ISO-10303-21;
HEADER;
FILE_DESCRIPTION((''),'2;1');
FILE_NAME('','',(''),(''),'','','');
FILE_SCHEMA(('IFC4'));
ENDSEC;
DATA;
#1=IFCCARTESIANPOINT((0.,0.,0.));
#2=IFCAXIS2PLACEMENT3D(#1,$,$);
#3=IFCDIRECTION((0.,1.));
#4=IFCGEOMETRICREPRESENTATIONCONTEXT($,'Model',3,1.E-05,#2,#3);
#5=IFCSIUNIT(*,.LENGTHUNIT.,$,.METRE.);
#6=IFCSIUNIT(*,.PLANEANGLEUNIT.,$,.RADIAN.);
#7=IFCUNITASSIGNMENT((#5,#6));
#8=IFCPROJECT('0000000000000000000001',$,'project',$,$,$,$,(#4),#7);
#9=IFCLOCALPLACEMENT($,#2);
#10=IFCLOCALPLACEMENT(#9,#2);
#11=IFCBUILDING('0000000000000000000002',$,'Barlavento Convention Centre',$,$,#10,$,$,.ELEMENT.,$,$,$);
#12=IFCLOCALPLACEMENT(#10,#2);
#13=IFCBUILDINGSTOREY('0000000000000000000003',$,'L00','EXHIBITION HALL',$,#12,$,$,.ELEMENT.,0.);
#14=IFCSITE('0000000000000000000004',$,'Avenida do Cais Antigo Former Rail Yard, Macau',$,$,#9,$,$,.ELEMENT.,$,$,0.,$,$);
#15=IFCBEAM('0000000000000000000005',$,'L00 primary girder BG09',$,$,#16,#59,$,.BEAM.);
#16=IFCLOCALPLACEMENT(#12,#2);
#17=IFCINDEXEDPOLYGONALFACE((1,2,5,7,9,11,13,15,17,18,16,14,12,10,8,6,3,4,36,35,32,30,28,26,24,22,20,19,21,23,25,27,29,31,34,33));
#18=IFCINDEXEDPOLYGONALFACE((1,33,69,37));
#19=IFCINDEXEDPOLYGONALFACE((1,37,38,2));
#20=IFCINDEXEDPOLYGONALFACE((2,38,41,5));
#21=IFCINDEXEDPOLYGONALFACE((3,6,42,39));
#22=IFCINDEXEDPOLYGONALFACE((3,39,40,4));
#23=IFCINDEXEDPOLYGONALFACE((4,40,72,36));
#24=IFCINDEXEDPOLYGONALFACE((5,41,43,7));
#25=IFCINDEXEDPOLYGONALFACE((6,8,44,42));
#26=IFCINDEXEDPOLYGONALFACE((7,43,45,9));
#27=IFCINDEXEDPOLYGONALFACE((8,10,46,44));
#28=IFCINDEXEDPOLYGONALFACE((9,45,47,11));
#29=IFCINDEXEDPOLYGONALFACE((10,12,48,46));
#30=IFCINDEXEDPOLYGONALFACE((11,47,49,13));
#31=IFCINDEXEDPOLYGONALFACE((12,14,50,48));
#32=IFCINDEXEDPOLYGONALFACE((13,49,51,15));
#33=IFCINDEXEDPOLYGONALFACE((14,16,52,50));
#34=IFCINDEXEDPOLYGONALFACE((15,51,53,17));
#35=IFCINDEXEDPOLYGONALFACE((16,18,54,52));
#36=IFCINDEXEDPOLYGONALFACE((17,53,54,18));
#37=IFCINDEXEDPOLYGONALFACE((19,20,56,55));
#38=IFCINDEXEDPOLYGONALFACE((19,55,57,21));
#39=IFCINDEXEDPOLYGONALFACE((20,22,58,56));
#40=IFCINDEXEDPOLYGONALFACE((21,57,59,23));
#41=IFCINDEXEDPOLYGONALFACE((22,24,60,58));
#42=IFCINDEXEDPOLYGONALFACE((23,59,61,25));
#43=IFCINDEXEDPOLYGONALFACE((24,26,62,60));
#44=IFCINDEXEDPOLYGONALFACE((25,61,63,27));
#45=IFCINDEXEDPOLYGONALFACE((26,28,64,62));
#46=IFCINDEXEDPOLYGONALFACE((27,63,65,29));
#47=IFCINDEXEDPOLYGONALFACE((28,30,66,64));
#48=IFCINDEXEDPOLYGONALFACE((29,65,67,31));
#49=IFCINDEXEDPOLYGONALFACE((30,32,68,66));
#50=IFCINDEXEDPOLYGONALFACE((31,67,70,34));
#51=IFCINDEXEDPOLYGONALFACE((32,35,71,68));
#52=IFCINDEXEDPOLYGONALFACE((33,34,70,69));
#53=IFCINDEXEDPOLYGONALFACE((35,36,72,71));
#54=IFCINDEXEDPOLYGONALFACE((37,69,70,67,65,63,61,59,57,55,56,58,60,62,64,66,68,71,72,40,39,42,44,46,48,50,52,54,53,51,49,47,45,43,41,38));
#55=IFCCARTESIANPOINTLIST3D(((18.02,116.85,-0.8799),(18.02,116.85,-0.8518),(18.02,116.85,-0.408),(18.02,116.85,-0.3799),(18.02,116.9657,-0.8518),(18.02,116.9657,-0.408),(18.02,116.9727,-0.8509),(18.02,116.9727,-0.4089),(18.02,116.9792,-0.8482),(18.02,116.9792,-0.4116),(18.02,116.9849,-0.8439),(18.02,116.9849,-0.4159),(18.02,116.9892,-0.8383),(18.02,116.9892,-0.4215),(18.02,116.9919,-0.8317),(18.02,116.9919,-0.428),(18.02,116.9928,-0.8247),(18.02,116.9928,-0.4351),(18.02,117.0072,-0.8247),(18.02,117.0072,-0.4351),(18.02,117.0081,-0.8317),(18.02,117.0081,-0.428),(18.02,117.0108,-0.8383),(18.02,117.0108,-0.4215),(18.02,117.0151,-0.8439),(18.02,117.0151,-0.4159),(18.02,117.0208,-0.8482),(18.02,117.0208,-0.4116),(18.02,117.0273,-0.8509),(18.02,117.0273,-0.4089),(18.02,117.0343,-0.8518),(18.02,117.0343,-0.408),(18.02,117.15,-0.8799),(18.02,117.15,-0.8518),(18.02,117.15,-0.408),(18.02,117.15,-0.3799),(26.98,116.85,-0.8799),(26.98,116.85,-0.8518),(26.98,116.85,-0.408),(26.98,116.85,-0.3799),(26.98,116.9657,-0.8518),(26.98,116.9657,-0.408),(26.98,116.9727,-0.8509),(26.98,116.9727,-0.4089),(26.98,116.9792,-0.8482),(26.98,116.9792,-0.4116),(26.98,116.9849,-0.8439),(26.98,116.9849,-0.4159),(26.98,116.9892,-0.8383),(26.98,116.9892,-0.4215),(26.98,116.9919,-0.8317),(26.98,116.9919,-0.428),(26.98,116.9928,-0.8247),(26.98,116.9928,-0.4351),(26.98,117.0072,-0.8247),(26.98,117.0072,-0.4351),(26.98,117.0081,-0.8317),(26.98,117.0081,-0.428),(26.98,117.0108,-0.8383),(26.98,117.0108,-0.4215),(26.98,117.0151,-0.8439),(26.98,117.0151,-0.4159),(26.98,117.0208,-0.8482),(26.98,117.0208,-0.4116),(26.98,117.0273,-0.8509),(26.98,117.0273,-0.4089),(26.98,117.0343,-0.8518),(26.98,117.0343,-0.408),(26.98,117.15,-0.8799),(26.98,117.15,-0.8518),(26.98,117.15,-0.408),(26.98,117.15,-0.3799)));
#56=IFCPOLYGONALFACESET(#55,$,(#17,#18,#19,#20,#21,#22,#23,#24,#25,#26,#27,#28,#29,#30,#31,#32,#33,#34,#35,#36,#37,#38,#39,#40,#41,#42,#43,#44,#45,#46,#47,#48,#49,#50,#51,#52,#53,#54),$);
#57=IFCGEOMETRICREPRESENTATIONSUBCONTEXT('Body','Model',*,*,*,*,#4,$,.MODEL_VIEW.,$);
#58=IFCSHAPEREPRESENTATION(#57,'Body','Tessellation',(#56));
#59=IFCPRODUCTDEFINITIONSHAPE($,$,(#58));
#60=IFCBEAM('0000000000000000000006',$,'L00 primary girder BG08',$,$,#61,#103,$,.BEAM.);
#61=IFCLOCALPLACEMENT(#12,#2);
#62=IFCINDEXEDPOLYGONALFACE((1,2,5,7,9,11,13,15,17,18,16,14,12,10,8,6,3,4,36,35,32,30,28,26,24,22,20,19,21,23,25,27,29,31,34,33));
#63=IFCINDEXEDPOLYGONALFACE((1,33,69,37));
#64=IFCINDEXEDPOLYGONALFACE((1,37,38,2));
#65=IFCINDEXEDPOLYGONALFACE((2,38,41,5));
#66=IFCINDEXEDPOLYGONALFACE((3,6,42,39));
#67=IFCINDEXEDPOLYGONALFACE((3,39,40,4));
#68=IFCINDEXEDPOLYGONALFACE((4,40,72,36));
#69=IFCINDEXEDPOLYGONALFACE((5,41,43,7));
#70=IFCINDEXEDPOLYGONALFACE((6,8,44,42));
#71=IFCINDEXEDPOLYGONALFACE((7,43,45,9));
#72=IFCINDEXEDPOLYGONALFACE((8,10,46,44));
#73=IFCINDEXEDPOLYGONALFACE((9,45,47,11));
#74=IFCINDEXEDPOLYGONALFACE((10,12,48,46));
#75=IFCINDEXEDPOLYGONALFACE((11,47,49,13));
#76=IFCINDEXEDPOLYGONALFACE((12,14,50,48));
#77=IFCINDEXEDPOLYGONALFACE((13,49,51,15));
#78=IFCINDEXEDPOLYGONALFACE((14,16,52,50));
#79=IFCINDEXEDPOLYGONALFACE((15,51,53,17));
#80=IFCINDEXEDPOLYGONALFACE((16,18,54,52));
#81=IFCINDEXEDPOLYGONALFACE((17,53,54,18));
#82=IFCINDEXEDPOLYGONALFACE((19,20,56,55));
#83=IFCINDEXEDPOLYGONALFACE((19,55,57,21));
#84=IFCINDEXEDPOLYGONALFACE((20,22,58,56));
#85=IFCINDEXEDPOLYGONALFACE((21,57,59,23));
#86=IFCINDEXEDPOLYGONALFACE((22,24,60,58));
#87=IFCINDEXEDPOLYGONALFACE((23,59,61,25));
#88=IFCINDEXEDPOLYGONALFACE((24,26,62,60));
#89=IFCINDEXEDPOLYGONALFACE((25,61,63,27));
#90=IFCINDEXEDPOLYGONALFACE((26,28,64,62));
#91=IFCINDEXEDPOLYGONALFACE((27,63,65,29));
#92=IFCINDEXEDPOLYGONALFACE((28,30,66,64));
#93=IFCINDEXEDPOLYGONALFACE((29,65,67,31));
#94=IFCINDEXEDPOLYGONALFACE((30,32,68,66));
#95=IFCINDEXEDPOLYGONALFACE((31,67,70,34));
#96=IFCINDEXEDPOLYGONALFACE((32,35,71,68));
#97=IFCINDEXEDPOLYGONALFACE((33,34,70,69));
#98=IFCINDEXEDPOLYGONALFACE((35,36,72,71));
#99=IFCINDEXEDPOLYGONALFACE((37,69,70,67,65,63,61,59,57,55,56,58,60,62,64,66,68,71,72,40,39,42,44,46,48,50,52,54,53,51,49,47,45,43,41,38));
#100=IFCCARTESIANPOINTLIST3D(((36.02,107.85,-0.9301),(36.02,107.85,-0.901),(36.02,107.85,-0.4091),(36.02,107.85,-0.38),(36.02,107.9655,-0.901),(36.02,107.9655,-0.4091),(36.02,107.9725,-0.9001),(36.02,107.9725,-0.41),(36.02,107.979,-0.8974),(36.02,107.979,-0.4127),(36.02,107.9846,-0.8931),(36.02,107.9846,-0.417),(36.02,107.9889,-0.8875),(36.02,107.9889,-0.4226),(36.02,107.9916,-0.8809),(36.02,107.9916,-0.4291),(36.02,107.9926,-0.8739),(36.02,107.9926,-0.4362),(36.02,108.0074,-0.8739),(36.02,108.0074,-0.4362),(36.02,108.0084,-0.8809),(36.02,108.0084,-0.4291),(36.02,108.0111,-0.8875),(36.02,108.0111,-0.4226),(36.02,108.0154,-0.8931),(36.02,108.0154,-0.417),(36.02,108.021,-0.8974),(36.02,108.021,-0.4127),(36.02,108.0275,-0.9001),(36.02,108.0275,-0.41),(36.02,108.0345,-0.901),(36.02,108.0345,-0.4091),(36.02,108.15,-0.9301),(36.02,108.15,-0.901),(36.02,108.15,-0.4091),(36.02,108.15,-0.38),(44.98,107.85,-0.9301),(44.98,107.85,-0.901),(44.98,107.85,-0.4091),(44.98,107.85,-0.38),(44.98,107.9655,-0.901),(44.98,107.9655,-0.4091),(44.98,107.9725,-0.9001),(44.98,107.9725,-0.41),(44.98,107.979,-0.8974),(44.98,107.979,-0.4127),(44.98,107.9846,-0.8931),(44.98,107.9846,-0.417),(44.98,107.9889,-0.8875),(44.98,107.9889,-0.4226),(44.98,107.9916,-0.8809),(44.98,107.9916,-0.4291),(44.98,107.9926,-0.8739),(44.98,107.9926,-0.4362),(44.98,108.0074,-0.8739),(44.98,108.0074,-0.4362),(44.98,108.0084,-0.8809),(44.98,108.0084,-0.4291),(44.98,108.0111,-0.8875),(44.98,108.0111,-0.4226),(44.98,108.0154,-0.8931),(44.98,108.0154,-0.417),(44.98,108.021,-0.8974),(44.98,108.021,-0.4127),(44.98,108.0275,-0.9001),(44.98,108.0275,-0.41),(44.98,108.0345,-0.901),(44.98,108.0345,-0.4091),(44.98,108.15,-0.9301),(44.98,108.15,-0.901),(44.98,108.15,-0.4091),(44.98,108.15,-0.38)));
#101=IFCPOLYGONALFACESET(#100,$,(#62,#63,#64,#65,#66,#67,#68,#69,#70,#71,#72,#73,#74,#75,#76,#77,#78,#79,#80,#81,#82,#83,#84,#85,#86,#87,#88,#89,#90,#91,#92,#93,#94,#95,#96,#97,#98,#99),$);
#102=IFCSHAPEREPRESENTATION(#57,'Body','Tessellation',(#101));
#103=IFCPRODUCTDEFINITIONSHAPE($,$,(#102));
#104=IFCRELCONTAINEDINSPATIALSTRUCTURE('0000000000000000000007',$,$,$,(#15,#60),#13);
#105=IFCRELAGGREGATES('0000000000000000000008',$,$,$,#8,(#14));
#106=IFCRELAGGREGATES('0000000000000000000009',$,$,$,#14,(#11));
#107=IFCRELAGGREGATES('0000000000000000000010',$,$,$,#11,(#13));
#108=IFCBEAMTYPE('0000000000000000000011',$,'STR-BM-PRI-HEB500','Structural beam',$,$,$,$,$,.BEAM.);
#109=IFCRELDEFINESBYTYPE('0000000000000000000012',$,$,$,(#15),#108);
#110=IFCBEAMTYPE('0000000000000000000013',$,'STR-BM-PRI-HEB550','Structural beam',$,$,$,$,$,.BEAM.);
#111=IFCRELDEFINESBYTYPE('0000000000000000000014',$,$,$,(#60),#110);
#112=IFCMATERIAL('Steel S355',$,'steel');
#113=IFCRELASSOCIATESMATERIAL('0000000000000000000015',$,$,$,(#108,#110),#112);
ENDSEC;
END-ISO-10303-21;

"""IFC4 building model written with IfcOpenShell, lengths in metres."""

from ifc_helpers import new_model, si_unit, direction, frame, origin, origin_2d, place, context, subcontext, project, spatial, i_section, extrude, material, material_profile, profile_set, type_object, element, save


model = new_model("IFC4")

# Units and contexts
model_context = context("Model", 3, precision=1e-05, world=origin(), true_north=direction((0.0, 1.0)))
body_context = subcontext(model_context, "Body", "Model", "MODEL_VIEW")
ifc_project = project(units=[si_unit("LENGTHUNIT", "METRE"), si_unit("PLANEANGLEUNIT", "RADIAN")], contexts=[model_context])

# Site, building, storey
site_placement = place(None, origin())
site = spatial("IfcSite", under=ifc_project, at=site_placement, Name="Avenida do Cais Antigo Former Rail Yard, Macau", CompositionType="ELEMENT", RefElevation=0.0)
building_placement = place(site_placement, origin())
building = spatial("IfcBuilding", under=site, at=building_placement, Name="Barlavento Convention Centre", CompositionType="ELEMENT")
storey_placement = place(building_placement, origin())
storey = spatial("IfcBuildingStorey", under=building, at=storey_placement, Name="L00", Description="EXHIBITION HALL", CompositionType="ELEMENT", Elevation=0.0)

# Beams
ifc_material_1 = material(Name="Steel S355", Category="steel")
ifc_material_profile_1 = material_profile(ifc_material_1, i_section(OverallWidth=0.3, OverallDepth=0.5, WebThickness=0.0144, FlangeThickness=0.0281, FilletRadius=0.0271, at=origin_2d()), Name="HEB 500")
ifc_profile_set_1 = profile_set([ifc_material_profile_1], Name="Steel S355")
beam_type_1 = type_object("IfcBeamType", Name="STR-BM-PRI-HEB500", Description="Structural beam", PredefinedType="BEAM", material=ifc_profile_set_1)
beam_1_placement = place(storey_placement, frame((18.02, 117.0, -0.6299), z_axis=(1.0, 0.0, 0.0), x_axis=(0.0, 1.0, 0.0)))
element("IfcBeam", 1, at=beam_1_placement, inside=storey, type_object=beam_type_1, Name="L00 primary girder BG09", PredefinedType="BEAM", context=body_context, shape_type="SweptSolid", body=[
    extrude(i_section(OverallWidth=0.3, OverallDepth=0.5, WebThickness=0.0144, FlangeThickness=0.0281, FilletRadius=0.0271, at=origin_2d()), origin(), (0.0, 0.0, 1.0), 8.96),
])
ifc_material_profile_2 = material_profile(ifc_material_1, i_section(OverallWidth=0.3, OverallDepth=0.55, WebThickness=0.0149, FlangeThickness=0.0291, FilletRadius=0.0271, at=origin_2d()), Name="HEB 550")
ifc_profile_set_2 = profile_set([ifc_material_profile_2], Name="Steel S355")
beam_type_2 = type_object("IfcBeamType", Name="STR-BM-PRI-HEB550", Description="Structural beam", PredefinedType="BEAM", material=ifc_profile_set_2)
beam_2_placement = place(storey_placement, frame((36.02, 108.0, -0.655), z_axis=(1.0, 0.0, 0.0), x_axis=(0.0, 1.0, 0.0)))
element("IfcBeam", 2, at=beam_2_placement, inside=storey, type_object=beam_type_2, Name="L00 primary girder BG08", PredefinedType="BEAM", context=body_context, shape_type="SweptSolid", body=[
    extrude(i_section(OverallWidth=0.3, OverallDepth=0.55, WebThickness=0.0149, FlangeThickness=0.0291, FilletRadius=0.0271, at=origin_2d()), origin(), (0.0, 0.0, 1.0), 8.96),
])

save(model, "model.ifc")
